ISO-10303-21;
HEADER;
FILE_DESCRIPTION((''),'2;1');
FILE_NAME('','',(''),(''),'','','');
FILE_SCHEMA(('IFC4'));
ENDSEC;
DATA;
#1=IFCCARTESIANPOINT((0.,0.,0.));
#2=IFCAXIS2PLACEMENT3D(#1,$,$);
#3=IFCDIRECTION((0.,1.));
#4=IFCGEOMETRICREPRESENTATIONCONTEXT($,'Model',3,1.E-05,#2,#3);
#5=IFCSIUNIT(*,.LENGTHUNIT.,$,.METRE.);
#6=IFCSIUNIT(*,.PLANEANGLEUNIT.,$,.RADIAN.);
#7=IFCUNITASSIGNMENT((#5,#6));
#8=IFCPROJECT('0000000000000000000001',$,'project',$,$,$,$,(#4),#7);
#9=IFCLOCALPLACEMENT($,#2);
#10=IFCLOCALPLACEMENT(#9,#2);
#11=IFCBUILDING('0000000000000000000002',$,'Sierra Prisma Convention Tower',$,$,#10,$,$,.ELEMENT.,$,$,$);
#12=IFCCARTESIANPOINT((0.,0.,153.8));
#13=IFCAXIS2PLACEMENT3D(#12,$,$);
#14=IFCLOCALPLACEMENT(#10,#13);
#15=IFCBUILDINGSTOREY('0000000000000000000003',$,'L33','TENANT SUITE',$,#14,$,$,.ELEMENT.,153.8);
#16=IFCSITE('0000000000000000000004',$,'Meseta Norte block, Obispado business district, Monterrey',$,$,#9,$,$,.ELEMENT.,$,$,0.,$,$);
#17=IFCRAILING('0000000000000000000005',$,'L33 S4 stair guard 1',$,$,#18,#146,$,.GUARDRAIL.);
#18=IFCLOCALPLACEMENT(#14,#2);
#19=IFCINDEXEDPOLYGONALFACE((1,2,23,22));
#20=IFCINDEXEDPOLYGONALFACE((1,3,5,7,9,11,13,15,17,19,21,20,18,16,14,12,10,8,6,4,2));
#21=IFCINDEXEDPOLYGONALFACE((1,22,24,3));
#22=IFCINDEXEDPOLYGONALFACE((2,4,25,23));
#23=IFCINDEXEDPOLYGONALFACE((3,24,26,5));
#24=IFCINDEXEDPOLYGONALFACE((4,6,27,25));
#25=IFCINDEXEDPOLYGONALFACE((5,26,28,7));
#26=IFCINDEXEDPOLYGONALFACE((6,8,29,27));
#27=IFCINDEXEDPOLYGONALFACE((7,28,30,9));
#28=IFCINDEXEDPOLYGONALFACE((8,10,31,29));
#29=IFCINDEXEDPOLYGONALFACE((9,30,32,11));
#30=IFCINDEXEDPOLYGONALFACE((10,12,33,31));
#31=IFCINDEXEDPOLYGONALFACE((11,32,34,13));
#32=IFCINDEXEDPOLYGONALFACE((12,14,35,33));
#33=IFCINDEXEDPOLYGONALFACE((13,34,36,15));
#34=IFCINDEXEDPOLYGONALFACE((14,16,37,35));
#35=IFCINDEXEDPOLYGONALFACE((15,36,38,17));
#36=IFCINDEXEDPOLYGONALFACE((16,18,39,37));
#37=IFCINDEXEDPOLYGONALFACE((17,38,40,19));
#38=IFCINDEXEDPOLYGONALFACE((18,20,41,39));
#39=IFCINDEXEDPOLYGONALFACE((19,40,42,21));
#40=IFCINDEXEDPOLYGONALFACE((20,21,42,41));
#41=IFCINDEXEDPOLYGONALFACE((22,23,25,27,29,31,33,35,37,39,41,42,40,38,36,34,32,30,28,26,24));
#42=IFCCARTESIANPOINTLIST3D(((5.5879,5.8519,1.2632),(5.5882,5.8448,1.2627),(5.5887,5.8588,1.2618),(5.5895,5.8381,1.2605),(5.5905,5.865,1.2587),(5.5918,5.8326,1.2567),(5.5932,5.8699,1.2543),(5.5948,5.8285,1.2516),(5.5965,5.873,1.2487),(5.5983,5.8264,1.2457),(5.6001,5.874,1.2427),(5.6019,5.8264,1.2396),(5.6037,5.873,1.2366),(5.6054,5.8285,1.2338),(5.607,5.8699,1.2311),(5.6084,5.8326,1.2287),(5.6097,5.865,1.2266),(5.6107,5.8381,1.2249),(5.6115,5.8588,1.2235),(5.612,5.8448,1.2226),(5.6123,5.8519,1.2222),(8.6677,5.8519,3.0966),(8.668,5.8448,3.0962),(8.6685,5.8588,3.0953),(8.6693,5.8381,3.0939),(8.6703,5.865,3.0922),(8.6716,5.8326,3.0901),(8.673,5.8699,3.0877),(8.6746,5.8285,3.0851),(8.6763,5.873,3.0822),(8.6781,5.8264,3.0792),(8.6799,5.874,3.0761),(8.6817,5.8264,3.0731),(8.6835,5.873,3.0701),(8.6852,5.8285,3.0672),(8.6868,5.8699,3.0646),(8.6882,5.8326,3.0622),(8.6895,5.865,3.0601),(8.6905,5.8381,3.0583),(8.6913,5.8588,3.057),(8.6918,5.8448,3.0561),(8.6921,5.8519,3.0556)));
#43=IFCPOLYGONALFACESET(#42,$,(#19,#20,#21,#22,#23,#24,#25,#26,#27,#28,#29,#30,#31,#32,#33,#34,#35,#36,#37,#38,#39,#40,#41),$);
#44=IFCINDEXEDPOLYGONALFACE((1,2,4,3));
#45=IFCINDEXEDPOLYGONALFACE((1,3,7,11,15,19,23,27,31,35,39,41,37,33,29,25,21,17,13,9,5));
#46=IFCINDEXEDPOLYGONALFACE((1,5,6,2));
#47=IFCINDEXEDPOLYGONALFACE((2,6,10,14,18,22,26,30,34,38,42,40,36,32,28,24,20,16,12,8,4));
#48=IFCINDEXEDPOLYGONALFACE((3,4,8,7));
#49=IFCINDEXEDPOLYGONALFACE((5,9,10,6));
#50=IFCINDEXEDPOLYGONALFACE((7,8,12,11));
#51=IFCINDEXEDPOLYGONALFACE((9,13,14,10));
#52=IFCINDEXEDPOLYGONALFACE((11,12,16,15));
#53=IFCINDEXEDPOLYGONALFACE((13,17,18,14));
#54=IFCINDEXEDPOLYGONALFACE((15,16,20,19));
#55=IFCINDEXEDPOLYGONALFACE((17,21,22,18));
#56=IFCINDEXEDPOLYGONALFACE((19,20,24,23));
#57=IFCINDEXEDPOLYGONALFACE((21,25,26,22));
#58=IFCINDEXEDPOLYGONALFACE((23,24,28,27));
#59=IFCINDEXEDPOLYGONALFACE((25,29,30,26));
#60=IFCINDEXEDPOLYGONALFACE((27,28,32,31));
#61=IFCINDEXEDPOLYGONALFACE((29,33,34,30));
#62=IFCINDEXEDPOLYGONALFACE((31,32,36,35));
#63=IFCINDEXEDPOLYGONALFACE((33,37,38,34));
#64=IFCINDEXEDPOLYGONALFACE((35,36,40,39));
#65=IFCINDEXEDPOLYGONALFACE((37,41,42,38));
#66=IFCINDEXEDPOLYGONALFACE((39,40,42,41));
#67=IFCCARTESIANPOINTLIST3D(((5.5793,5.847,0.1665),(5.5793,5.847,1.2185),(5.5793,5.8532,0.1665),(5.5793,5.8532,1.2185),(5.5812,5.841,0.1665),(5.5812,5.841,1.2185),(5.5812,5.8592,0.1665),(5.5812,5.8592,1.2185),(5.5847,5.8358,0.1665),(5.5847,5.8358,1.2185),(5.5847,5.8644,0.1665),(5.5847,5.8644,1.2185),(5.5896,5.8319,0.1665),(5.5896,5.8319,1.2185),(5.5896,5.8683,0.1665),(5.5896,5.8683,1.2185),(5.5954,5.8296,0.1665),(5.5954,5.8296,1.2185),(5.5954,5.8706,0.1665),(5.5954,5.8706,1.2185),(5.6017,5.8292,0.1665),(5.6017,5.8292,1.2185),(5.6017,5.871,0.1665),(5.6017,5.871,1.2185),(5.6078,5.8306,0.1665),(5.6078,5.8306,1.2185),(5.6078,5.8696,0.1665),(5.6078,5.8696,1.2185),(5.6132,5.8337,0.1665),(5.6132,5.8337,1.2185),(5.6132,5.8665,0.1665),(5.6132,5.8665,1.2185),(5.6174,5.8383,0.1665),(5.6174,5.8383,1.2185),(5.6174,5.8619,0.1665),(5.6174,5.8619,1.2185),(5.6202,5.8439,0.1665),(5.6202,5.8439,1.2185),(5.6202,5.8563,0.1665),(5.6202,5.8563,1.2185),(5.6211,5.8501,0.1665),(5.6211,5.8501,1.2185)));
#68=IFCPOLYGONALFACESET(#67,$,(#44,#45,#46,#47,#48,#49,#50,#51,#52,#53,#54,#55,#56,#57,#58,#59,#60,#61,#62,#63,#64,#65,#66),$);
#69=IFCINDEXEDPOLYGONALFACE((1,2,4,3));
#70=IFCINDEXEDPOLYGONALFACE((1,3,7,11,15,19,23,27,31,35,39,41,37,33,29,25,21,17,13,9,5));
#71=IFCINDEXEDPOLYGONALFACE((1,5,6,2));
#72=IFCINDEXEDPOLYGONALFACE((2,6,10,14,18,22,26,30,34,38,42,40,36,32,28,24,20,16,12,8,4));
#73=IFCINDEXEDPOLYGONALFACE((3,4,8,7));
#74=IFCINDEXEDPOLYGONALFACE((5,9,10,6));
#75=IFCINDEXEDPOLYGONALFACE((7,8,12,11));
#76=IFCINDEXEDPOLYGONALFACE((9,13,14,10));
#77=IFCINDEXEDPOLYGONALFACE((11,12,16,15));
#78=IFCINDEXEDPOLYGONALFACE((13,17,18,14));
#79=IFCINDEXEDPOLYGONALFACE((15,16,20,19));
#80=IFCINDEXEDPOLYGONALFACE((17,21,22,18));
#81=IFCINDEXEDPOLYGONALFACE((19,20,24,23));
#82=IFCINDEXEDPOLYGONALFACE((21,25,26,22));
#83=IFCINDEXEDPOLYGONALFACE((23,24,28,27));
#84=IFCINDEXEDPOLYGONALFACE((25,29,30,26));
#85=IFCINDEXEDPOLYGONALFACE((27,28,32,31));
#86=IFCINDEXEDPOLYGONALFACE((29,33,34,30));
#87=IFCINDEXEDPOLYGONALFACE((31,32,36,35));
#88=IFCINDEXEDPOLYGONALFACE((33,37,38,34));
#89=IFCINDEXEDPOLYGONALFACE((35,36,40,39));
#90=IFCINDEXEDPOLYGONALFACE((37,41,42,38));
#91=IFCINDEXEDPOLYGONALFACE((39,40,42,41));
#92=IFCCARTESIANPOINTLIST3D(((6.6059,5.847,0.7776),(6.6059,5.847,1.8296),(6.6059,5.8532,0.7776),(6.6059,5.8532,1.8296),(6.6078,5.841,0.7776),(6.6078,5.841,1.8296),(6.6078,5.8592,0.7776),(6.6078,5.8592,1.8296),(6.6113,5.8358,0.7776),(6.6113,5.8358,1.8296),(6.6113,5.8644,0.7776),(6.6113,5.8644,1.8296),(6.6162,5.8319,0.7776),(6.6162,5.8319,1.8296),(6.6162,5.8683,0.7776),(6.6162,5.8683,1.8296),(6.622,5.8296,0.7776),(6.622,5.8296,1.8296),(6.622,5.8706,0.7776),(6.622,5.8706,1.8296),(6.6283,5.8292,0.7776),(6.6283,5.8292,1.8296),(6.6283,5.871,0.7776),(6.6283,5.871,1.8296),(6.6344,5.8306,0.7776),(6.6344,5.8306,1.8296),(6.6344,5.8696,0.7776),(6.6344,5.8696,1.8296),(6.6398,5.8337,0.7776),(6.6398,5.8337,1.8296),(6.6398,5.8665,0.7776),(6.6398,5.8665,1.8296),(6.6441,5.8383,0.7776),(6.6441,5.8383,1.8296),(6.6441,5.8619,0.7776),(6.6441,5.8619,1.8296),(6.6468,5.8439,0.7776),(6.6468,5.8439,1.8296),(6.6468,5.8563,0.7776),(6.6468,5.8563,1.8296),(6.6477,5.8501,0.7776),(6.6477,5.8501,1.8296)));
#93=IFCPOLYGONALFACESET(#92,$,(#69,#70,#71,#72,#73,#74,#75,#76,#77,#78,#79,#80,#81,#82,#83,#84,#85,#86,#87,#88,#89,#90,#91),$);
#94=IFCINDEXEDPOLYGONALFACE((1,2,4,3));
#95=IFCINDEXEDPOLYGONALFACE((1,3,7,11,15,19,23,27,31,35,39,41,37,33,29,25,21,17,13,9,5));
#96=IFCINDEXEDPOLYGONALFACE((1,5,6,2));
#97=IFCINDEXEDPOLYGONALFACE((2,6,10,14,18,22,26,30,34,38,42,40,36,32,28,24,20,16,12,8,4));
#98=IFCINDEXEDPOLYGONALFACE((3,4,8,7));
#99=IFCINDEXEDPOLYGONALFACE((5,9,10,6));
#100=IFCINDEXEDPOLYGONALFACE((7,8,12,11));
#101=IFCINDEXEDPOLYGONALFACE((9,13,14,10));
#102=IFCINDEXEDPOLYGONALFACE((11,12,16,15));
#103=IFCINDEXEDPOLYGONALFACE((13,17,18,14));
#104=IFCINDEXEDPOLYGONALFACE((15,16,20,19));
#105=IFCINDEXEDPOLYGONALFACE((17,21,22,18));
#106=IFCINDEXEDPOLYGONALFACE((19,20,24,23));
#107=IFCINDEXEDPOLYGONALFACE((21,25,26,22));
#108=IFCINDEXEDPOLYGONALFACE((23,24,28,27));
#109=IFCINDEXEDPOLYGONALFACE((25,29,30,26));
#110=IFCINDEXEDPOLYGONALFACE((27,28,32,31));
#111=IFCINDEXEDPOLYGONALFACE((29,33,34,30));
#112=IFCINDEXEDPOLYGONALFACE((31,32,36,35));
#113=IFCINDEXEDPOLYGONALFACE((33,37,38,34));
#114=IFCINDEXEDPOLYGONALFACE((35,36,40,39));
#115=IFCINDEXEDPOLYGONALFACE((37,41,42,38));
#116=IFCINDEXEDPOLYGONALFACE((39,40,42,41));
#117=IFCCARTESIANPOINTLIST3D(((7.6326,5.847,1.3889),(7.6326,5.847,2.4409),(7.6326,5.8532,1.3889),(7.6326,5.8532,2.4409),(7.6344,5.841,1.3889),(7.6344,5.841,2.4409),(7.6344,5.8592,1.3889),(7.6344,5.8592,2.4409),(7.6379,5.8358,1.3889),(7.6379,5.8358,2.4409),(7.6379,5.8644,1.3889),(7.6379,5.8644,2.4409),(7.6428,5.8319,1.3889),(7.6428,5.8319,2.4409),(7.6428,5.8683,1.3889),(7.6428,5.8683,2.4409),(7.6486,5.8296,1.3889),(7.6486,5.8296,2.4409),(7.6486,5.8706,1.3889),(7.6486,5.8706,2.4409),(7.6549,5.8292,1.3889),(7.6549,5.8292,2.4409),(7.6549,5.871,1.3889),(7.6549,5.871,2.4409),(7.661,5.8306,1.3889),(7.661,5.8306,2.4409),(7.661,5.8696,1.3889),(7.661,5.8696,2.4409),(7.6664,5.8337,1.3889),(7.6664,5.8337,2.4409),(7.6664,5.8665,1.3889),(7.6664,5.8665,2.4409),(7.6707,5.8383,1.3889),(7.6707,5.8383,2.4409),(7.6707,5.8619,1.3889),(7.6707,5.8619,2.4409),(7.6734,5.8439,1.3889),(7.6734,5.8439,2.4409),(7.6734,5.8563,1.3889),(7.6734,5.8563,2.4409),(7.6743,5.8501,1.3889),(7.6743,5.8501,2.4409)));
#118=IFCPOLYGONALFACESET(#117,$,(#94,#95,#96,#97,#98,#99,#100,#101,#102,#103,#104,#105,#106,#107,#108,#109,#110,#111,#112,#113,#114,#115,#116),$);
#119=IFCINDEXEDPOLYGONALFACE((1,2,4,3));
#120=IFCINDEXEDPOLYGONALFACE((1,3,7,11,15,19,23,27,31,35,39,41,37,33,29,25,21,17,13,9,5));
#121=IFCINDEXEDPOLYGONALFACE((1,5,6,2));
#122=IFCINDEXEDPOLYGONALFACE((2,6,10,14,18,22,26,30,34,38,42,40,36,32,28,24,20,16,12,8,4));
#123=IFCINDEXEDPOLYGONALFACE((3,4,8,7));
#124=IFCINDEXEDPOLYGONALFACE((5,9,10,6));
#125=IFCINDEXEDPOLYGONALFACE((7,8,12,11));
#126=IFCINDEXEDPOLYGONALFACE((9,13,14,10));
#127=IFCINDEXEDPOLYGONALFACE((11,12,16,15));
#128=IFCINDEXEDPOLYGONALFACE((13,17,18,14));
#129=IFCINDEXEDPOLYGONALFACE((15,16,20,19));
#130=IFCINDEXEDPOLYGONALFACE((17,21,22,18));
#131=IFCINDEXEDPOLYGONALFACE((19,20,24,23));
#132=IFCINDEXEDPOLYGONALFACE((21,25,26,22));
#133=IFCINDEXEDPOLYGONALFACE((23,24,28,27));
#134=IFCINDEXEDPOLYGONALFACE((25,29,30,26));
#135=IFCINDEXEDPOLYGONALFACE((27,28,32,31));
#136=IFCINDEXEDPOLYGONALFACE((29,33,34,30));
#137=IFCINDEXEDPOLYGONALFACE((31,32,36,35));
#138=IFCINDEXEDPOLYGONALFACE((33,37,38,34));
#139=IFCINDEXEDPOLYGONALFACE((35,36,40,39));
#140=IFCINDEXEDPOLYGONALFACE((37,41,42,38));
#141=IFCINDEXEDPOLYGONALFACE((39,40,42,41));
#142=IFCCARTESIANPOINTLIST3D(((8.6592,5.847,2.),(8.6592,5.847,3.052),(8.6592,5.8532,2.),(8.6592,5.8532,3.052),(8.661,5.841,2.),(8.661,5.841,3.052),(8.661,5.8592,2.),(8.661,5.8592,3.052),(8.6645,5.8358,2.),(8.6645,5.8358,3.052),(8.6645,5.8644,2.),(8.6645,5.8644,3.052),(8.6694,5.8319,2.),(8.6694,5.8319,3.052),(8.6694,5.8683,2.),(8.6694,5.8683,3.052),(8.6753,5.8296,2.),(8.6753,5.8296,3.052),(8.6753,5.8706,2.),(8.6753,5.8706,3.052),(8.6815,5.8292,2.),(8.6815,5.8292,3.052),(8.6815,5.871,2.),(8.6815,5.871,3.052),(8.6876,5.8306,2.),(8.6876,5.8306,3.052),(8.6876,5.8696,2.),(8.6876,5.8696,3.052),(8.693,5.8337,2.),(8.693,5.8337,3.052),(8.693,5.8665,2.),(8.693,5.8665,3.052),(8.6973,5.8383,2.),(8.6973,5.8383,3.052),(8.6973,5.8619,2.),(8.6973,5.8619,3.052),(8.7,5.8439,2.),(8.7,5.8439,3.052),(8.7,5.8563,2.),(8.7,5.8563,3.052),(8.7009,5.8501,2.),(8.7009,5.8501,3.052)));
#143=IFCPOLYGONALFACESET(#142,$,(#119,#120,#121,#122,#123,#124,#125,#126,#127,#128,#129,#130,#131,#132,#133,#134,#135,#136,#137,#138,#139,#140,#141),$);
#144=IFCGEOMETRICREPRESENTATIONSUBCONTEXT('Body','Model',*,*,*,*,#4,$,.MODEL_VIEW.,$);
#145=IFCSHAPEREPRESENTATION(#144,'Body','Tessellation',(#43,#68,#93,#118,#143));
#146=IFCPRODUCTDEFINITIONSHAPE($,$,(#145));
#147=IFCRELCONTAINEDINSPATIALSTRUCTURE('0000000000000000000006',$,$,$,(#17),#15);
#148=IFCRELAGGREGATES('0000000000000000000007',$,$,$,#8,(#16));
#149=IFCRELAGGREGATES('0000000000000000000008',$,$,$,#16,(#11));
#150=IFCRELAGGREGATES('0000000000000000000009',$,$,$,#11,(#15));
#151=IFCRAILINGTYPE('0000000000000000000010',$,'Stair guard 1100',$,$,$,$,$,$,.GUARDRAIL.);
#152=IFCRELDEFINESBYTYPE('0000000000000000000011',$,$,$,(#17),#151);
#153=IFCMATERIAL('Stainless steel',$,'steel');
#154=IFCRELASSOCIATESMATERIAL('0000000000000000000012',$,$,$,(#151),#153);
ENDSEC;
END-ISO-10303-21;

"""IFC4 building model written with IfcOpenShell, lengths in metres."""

from ifc_helpers import new_model, si_unit, direction, frame, origin, origin_2d, place, context, subcontext, project, spatial, circle, extrude, material, type_object, element, save


model = new_model("IFC4")

# Units and contexts
model_context = context("Model", 3, precision=1e-05, world=origin(), true_north=direction((0.0, 1.0)))
body_context = subcontext(model_context, "Body", "Model", "MODEL_VIEW")
ifc_project = project(units=[si_unit("LENGTHUNIT", "METRE"), si_unit("PLANEANGLEUNIT", "RADIAN")], contexts=[model_context])

# Site, building, storey
site_placement = place(None, origin())
site = spatial("IfcSite", under=ifc_project, at=site_placement, Name="Meseta Norte block, Obispado business district, Monterrey", CompositionType="ELEMENT", RefElevation=0.0)
building_placement = place(site_placement, origin())
building = spatial("IfcBuilding", under=site, at=building_placement, Name="Sierra Prisma Convention Tower", CompositionType="ELEMENT")
storey_placement = place(building_placement, frame((0.0, 0.0, 153.8)))
storey = spatial("IfcBuildingStorey", under=building, at=storey_placement, Name="L33", Description="TENANT SUITE", CompositionType="ELEMENT", Elevation=153.8)

# Railing
ifc_material_1 = material(Name="Stainless steel", Category="steel")
railing_type_1 = type_object("IfcRailingType", Name="Stair guard 1100", PredefinedType="GUARDRAIL", material=ifc_material_1)
railing_1_placement = place(storey_placement, frame((5.6001, 5.8501, 0.1665)))
element("IfcRailing", 1, at=railing_1_placement, inside=storey, type_object=railing_type_1, Name="L33 S4 stair guard 1", PredefinedType="GUARDRAIL", context=body_context, shape_type="SweptSolid", body=[
    extrude(circle(Radius=0.0239, at=origin_2d()), frame((0.0, 0.0, 1.0762), z_axis=(0.859261, 0.0, 0.511538), x_axis=(0.0, 1.0, 0.0)), (0.0, 0.0, 1.0), 3.5842),
    extrude(circle(Radius=0.021, at=origin_2d()), origin(), (0.0, 0.0, 1.0), 1.052),
    extrude(circle(Radius=0.021, at=origin_2d()), frame((1.0266, 0.0, 0.6111)), (0.0, 0.0, 1.0), 1.052),
    extrude(circle(Radius=0.021, at=origin_2d()), frame((2.0532, 0.0, 1.2224)), (0.0, 0.0, 1.0), 1.052),
    extrude(circle(Radius=0.021, at=origin_2d()), frame((3.0798, 0.0, 1.8335)), (0.0, 0.0, 1.0), 1.052),
])

save(model, "model.ifc")
